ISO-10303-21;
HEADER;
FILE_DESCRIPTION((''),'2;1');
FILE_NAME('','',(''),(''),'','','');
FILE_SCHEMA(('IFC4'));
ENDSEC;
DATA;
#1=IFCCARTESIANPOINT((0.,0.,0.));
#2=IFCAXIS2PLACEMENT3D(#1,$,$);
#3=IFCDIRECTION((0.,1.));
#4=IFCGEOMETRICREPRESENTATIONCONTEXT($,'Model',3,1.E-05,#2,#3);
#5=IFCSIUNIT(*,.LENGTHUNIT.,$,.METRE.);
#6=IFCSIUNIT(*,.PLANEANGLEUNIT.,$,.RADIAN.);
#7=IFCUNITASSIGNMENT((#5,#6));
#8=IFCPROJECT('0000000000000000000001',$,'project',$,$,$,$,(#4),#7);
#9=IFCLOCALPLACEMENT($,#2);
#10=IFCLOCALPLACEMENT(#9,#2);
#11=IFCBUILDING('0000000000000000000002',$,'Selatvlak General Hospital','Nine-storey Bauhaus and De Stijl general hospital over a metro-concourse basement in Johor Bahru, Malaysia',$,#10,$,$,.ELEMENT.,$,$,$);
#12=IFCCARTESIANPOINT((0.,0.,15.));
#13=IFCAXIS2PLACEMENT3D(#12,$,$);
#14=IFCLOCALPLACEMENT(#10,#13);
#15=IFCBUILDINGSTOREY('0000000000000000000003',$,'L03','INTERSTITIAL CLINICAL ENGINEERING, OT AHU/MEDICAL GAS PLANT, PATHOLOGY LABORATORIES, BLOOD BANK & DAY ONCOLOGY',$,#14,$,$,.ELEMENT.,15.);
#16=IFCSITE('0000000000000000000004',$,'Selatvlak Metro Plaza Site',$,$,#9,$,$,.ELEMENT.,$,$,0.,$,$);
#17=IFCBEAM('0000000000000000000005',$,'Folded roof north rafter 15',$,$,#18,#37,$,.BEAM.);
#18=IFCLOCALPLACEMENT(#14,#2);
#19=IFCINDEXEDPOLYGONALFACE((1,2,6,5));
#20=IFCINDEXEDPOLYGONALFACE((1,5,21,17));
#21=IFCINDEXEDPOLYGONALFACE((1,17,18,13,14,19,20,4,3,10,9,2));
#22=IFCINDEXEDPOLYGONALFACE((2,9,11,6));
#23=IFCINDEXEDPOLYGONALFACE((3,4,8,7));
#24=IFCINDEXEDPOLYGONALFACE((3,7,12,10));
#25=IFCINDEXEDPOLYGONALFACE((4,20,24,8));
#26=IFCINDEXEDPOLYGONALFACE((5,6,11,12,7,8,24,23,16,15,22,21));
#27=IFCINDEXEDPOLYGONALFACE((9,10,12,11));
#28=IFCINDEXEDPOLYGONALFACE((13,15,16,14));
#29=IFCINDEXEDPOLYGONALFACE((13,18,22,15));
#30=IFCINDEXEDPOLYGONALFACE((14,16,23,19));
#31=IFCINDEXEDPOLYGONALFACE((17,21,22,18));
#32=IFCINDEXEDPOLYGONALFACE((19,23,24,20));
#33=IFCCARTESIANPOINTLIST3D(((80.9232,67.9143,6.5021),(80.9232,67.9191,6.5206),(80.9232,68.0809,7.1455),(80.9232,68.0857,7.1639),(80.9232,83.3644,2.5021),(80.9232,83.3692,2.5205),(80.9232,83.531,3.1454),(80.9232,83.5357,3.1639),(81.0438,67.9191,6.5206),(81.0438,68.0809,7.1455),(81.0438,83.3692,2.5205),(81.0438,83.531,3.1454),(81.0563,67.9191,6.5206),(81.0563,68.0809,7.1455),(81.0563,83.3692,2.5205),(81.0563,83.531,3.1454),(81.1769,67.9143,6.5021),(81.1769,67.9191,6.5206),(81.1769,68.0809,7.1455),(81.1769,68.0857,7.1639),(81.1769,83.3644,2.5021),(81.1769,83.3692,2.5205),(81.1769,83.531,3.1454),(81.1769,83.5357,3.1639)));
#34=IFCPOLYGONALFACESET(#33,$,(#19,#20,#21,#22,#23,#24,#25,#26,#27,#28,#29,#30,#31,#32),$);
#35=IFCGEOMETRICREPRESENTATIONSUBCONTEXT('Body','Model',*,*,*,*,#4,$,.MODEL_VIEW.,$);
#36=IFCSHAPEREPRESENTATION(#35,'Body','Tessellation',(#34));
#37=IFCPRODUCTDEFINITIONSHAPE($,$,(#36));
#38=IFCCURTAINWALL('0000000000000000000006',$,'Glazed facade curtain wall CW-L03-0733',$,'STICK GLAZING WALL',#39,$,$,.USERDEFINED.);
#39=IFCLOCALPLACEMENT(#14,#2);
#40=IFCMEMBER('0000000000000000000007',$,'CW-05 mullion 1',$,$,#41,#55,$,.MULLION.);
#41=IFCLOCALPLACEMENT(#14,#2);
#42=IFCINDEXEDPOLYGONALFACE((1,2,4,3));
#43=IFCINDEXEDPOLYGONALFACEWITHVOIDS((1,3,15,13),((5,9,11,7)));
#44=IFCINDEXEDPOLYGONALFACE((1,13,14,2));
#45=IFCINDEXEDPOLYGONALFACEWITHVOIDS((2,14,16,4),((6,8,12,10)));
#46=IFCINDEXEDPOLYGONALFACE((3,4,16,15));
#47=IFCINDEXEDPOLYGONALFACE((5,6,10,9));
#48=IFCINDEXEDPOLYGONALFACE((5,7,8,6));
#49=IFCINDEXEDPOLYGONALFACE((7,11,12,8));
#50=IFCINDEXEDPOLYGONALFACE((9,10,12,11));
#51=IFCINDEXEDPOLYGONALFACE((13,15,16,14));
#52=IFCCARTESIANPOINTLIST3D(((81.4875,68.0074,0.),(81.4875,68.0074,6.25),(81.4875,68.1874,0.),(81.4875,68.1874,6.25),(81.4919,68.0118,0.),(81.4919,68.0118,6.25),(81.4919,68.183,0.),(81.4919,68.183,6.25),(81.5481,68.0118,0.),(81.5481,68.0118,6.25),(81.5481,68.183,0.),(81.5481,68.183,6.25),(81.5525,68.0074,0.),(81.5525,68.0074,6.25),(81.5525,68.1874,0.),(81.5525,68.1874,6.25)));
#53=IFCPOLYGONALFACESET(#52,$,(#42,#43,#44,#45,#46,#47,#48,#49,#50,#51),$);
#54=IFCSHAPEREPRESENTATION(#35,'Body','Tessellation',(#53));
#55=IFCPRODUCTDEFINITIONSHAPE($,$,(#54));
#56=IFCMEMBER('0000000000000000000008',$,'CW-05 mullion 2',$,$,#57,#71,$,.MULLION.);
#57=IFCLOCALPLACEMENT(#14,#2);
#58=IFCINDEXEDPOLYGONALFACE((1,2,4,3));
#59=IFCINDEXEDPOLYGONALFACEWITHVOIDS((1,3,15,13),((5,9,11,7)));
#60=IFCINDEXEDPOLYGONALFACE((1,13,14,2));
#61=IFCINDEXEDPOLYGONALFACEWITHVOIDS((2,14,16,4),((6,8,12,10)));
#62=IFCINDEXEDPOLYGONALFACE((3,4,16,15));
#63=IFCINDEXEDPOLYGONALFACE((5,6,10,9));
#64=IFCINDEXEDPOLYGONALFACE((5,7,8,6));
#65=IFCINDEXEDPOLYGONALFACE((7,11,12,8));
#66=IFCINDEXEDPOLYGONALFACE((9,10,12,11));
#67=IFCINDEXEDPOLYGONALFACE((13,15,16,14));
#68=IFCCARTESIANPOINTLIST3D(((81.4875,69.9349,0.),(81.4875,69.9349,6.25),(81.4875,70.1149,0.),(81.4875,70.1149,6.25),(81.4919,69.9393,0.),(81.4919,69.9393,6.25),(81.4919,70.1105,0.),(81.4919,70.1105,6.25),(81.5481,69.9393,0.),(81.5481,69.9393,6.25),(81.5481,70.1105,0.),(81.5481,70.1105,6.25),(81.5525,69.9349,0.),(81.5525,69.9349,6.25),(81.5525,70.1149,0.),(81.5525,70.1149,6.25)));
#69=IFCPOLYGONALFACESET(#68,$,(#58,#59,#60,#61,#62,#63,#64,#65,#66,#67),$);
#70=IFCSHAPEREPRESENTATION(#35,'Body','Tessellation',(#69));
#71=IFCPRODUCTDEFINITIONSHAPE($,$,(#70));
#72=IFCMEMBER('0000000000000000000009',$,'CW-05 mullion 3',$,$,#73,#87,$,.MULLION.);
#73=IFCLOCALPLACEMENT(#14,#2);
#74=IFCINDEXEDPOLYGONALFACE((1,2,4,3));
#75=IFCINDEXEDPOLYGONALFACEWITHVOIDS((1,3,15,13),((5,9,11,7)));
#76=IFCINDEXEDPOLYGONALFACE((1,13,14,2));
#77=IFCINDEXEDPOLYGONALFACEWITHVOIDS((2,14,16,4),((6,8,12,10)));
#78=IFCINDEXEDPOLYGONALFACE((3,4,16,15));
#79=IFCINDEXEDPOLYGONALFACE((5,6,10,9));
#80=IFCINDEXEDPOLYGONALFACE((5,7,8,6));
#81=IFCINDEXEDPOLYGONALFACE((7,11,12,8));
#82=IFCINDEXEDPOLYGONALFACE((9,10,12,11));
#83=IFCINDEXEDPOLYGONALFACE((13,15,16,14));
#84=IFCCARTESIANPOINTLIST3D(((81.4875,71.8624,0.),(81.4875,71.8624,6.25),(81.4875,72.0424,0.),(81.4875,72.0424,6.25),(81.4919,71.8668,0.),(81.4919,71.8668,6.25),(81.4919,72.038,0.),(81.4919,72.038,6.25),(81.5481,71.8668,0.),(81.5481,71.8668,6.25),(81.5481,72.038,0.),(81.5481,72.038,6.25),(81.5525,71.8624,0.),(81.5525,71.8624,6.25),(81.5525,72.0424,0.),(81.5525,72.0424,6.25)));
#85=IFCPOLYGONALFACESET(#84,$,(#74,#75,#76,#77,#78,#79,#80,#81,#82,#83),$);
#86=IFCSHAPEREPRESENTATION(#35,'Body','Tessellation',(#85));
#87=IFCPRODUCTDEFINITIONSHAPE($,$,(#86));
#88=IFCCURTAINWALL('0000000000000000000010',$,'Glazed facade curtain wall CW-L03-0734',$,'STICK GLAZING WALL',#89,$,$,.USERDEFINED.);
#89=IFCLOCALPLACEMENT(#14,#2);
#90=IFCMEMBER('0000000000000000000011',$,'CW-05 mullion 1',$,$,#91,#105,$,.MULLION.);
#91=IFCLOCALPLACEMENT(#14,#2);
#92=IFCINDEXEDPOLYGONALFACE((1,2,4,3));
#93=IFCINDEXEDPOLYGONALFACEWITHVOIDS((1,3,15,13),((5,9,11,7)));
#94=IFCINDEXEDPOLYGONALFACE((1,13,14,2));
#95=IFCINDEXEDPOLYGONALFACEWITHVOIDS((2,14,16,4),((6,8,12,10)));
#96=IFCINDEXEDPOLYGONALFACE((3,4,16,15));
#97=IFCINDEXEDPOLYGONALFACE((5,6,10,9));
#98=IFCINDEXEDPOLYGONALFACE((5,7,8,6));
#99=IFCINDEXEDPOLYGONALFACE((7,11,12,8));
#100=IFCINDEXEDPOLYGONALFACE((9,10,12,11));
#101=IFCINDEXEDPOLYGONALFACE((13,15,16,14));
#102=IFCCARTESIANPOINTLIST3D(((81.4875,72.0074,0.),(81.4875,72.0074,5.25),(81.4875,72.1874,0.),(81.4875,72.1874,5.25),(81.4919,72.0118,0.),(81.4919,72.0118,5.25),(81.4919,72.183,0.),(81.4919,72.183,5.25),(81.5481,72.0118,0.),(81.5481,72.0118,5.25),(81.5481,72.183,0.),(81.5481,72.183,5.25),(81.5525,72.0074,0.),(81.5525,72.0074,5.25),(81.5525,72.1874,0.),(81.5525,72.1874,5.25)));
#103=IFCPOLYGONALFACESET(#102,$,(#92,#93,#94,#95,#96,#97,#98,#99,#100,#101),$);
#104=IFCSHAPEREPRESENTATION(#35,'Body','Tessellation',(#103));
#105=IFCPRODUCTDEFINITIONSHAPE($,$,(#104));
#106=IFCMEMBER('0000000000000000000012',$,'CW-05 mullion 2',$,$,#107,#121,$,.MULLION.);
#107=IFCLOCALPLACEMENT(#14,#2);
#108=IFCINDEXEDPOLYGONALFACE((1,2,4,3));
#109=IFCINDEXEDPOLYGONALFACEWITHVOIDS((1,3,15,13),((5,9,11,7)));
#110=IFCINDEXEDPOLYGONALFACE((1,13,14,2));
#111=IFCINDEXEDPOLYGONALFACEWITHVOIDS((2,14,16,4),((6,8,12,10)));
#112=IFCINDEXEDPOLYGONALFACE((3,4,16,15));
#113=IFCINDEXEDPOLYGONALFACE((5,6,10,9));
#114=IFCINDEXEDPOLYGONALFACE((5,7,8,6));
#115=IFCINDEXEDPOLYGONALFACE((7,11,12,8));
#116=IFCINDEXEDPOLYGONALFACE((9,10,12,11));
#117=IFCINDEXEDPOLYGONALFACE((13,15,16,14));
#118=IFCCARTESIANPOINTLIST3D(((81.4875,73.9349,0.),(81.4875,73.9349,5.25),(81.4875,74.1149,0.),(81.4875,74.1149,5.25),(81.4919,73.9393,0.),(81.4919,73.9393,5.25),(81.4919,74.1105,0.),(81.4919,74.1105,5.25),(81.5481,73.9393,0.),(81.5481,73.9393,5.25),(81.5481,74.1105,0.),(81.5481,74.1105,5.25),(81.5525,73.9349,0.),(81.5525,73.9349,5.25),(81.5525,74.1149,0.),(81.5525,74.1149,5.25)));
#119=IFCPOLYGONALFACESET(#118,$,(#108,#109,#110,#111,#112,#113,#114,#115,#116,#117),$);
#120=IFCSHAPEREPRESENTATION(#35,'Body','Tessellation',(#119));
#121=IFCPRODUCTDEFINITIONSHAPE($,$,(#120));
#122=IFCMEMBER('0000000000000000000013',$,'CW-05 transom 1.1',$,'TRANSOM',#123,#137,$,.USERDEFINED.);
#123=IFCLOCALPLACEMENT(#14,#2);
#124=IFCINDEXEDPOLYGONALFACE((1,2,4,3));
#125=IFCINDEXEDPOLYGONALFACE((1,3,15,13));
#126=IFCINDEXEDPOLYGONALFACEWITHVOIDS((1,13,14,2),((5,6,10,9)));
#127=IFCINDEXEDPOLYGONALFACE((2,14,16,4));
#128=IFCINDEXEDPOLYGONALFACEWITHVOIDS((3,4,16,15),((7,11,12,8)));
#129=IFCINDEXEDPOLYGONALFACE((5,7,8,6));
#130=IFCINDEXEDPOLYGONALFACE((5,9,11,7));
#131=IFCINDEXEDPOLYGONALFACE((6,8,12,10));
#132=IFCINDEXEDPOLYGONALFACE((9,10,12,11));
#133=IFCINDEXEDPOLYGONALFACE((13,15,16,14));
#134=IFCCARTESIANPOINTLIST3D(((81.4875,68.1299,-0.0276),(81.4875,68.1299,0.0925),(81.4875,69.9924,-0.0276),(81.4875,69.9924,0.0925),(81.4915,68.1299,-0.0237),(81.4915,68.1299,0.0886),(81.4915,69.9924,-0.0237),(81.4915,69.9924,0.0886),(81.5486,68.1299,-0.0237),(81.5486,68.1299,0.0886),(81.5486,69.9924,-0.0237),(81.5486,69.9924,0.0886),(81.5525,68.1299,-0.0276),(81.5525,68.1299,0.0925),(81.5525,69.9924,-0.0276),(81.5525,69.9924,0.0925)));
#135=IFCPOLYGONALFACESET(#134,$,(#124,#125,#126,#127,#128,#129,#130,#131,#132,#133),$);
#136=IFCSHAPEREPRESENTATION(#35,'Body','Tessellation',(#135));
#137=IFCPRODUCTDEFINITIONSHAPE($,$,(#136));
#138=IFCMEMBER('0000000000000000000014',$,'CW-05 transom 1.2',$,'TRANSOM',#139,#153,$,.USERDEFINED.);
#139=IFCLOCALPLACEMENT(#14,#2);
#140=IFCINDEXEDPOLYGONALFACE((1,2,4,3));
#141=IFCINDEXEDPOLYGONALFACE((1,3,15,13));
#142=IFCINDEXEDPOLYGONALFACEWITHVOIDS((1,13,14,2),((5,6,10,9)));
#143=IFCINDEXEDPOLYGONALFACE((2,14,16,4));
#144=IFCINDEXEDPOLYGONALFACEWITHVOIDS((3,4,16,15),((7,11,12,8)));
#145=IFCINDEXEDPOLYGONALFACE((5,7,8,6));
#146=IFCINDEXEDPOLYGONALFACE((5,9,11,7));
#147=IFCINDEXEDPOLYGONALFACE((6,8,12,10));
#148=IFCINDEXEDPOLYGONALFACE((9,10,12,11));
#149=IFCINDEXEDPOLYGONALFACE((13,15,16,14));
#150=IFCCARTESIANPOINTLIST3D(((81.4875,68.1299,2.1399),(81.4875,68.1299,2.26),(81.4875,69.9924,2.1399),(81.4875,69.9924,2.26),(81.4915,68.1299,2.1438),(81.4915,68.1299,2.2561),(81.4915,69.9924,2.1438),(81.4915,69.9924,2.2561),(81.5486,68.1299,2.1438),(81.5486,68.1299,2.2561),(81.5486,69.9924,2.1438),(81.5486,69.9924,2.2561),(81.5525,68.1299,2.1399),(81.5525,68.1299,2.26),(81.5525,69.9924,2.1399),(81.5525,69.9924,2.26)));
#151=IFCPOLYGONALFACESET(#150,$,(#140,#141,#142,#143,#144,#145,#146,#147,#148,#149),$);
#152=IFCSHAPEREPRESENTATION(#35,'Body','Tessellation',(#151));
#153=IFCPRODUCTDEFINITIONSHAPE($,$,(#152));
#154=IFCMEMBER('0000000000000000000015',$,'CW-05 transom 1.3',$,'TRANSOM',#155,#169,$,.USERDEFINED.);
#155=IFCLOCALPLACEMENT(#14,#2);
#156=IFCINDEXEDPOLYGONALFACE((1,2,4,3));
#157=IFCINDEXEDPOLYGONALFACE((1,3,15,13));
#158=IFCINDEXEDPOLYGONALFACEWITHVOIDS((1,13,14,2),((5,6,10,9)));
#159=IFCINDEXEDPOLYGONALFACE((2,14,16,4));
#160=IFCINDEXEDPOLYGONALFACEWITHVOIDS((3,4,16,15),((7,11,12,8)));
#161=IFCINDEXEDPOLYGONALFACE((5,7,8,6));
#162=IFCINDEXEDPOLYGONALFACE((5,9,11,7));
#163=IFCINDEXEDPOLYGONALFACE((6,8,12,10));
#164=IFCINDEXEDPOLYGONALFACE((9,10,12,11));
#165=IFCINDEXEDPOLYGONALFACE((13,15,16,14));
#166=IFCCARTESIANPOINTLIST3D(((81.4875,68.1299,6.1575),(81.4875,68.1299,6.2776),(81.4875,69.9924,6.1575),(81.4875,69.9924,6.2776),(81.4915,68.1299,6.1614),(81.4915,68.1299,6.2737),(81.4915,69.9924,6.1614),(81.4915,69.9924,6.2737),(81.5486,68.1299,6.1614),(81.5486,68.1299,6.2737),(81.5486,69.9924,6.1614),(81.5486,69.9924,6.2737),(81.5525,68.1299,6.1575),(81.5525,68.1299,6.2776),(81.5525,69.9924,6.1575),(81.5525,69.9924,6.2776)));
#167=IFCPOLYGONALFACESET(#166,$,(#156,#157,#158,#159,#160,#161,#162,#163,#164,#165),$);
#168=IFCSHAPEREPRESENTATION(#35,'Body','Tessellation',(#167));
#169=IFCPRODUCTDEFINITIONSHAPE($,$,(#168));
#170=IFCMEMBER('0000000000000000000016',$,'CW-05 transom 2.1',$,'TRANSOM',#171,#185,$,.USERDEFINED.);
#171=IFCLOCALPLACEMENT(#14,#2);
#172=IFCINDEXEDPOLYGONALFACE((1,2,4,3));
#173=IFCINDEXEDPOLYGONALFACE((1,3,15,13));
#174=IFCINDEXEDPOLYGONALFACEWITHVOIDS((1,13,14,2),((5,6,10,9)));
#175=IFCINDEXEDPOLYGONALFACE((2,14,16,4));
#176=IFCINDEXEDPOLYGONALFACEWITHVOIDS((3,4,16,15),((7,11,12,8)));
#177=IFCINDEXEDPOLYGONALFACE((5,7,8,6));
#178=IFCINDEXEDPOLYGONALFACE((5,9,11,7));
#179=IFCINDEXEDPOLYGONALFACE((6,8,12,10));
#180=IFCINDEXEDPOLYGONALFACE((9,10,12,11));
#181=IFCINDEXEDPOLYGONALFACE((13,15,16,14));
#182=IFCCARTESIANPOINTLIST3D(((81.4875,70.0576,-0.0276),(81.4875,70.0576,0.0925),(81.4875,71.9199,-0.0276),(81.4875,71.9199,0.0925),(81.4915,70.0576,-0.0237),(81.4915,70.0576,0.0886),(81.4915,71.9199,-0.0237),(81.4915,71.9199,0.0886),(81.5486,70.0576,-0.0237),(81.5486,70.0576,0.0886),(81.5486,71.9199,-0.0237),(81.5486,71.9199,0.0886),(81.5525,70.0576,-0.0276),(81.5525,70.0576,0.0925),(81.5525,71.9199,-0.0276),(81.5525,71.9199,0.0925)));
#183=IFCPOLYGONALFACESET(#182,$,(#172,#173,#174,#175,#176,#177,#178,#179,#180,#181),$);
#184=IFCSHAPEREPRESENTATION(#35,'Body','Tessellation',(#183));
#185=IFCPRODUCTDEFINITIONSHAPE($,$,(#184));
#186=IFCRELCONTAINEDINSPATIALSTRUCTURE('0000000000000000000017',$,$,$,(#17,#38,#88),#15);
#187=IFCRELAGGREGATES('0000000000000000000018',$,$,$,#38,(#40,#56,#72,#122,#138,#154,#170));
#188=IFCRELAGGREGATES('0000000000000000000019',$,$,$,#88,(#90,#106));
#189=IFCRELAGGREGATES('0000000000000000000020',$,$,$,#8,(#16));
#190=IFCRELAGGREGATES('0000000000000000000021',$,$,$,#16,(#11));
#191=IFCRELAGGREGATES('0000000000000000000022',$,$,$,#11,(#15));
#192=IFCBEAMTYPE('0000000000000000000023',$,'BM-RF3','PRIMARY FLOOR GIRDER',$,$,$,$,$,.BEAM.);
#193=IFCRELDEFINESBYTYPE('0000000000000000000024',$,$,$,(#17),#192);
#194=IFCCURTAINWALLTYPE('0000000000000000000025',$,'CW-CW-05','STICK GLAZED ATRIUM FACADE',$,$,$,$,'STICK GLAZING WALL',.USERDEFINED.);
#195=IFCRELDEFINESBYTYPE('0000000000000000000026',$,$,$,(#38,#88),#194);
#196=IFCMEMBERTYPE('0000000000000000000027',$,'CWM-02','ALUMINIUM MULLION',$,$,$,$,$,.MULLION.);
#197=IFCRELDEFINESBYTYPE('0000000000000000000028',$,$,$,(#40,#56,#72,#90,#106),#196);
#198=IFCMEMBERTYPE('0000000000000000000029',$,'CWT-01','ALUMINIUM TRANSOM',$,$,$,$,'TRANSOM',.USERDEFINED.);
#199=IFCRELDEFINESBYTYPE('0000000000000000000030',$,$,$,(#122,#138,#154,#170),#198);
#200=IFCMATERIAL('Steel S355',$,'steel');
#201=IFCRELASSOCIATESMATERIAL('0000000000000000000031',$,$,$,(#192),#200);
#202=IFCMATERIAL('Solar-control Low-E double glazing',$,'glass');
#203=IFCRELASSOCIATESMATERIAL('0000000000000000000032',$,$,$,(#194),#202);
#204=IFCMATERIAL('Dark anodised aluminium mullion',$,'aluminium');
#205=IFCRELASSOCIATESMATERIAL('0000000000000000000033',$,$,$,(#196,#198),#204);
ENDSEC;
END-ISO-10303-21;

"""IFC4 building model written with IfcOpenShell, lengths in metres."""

from ifc_helpers import new_model, si_unit, direction, frame, origin, origin_2d, place, context, subcontext, project, spatial, hollow_rectangle, i_section, extrude, material, material_profile, profile_set, type_object, element, aggregate, save


model = new_model("IFC4")

# Units and contexts
model_context = context("Model", 3, precision=1e-05, world=origin(), true_north=direction((0.0, 1.0)))
body_context = subcontext(model_context, "Body", "Model", "MODEL_VIEW")
ifc_project = project(units=[si_unit("LENGTHUNIT", "METRE"), si_unit("PLANEANGLEUNIT", "RADIAN")], contexts=[model_context])

# Site, building, storey
site_placement = place(None, origin())
site = spatial("IfcSite", under=ifc_project, at=site_placement, Name="Selatvlak Metro Plaza Site", CompositionType="ELEMENT", RefElevation=0.0)
building_placement = place(site_placement, origin())
building = spatial("IfcBuilding", under=site, at=building_placement, Name="Selatvlak General Hospital", Description="Nine-storey Bauhaus and De Stijl general hospital over a metro-concourse basement in Johor Bahru, Malaysia", CompositionType="ELEMENT")
storey_placement = place(building_placement, frame((0.0, 0.0, 15.0)))
storey = spatial("IfcBuildingStorey", under=building, at=storey_placement, Name="L03", Description="INTERSTITIAL CLINICAL ENGINEERING, OT AHU/MEDICAL GAS PLANT, PATHOLOGY LABORATORIES, BLOOD BANK & DAY ONCOLOGY", CompositionType="ELEMENT", Elevation=15.0)

# Beam
ifc_material_1 = material(Name="Steel S355", Category="steel")
ifc_material_profile_1 = material_profile(ifc_material_1, i_section(OverallWidth=0.2537, OverallDepth=0.6836, WebThickness=0.0125, FlangeThickness=0.019, at=origin_2d()), Name="UB 686x254x140")
ifc_profile_set_1 = profile_set([ifc_material_profile_1], Name="Steel S355")
beam_type = type_object("IfcBeamType", Name="BM-RF3", Description="PRIMARY FLOOR GIRDER", PredefinedType="BEAM", material=ifc_profile_set_1)
beam_placement = place(storey_placement, frame((81.05, 68.0, 6.833), z_axis=(0.0, 0.968081, -0.250637), x_axis=(-1.0, 0.0, 0.0)))
element("IfcBeam", 1, at=beam_placement, inside=storey, type_object=beam_type, Name="Folded roof north rafter 15", PredefinedType="BEAM", context=body_context, shape_type="SweptSolid", body=[
    extrude(i_section(OverallWidth=0.2537, OverallDepth=0.6836, WebThickness=0.0125, FlangeThickness=0.019, at=origin_2d()), origin(), (0.0, 0.0, 1.0), 15.9595),
])

# Curtain walls, members
ifc_material_2 = material(Name="Solar-control Low-E double glazing", Category="glass")
curtain_wall_type = type_object("IfcCurtainWallType", Name="CW-CW-05", Description="STICK GLAZED ATRIUM FACADE", ElementType="STICK GLAZING WALL", PredefinedType="USERDEFINED", material=ifc_material_2)
curtain_wall_1_placement = place(storey_placement, origin())
curtain_wall_1 = element("IfcCurtainWall", 2, at=curtain_wall_1_placement, inside=storey, type_object=curtain_wall_type, Name="Glazed facade curtain wall CW-L03-0733", ObjectType="STICK GLAZING WALL", PredefinedType="USERDEFINED")
ifc_material_3 = material(Name="Dark anodised aluminium mullion", Category="aluminium")
ifc_material_profile_2 = material_profile(ifc_material_3, hollow_rectangle(XDim=0.0649, YDim=0.1799, WallThickness=0.0044, at=origin_2d()), Name="AL-MUL 65x180x4.5")
ifc_profile_set_2 = profile_set([ifc_material_profile_2], Name="Dark anodised aluminium mullion")
member_type_1 = type_object("IfcMemberType", Name="CWM-02", Description="ALUMINIUM MULLION", PredefinedType="MULLION", material=ifc_profile_set_2)
member_1_placement = place(storey_placement, frame((81.52, 68.0974, 0.0), z_axis=(0.0, 0.0, 1.0), x_axis=(-1.0, 0.0, 0.0)))
member_1 = element("IfcMember", 3, at=member_1_placement, type_object=member_type_1, Name="CW-05 mullion 1", PredefinedType="MULLION", context=body_context, shape_type="SweptSolid", body=[
    extrude(hollow_rectangle(XDim=0.0649, YDim=0.1799, WallThickness=0.0044, at=origin_2d()), origin(), (0.0, 0.0, 1.0), 6.25),
])
member_2_placement = place(storey_placement, frame((81.52, 70.0249, 0.0), z_axis=(0.0, 0.0, 1.0), x_axis=(-1.0, 0.0, 0.0)))
member_2 = element("IfcMember", 4, at=member_2_placement, type_object=member_type_1, Name="CW-05 mullion 2", PredefinedType="MULLION", context=body_context, shape_type="SweptSolid", body=[
    extrude(hollow_rectangle(XDim=0.0649, YDim=0.1799, WallThickness=0.0044, at=origin_2d()), origin(), (0.0, 0.0, 1.0), 6.25),
])
member_3_placement = place(storey_placement, frame((81.52, 71.9524, 0.0), z_axis=(0.0, 0.0, 1.0), x_axis=(-1.0, 0.0, 0.0)))
member_3 = element("IfcMember", 5, at=member_3_placement, type_object=member_type_1, Name="CW-05 mullion 3", PredefinedType="MULLION", context=body_context, shape_type="SweptSolid", body=[
    extrude(hollow_rectangle(XDim=0.0649, YDim=0.1799, WallThickness=0.0044, at=origin_2d()), origin(), (0.0, 0.0, 1.0), 6.25),
])
curtain_wall_2_placement = place(storey_placement, origin())
curtain_wall_2 = element("IfcCurtainWall", 6, at=curtain_wall_2_placement, inside=storey, type_object=curtain_wall_type, Name="Glazed facade curtain wall CW-L03-0734", ObjectType="STICK GLAZING WALL", PredefinedType="USERDEFINED")
member_4_placement = place(storey_placement, frame((81.52, 72.0974, 0.0), z_axis=(0.0, 0.0, 1.0), x_axis=(-1.0, 0.0, 0.0)))
member_4 = element("IfcMember", 7, at=member_4_placement, type_object=member_type_1, Name="CW-05 mullion 1", PredefinedType="MULLION", context=body_context, shape_type="SweptSolid", body=[
    extrude(hollow_rectangle(XDim=0.0649, YDim=0.1799, WallThickness=0.0044, at=origin_2d()), origin(), (0.0, 0.0, 1.0), 5.25),
])
member_5_placement = place(storey_placement, frame((81.52, 74.0249, 0.0), z_axis=(0.0, 0.0, 1.0), x_axis=(-1.0, 0.0, 0.0)))
member_5 = element("IfcMember", 8, at=member_5_placement, type_object=member_type_1, Name="CW-05 mullion 2", PredefinedType="MULLION", context=body_context, shape_type="SweptSolid", body=[
    extrude(hollow_rectangle(XDim=0.0649, YDim=0.1799, WallThickness=0.0044, at=origin_2d()), origin(), (0.0, 0.0, 1.0), 5.25),
])

# Members
ifc_material_profile_3 = material_profile(ifc_material_3, hollow_rectangle(XDim=0.0649, YDim=0.1201, WallThickness=0.0039, at=origin_2d()), Name="AL-TRN 65x120x4")
ifc_profile_set_3 = profile_set([ifc_material_profile_3], Name="Dark anodised aluminium mullion")
member_type_2 = type_object("IfcMemberType", Name="CWT-01", Description="ALUMINIUM TRANSOM", ElementType="TRANSOM", PredefinedType="USERDEFINED", material=ifc_profile_set_3)
member_6_placement = place(storey_placement, frame((81.52, 68.1299, 0.0325), z_axis=(0.0, 1.0, 0.0), x_axis=(-1.0, 0.0, 0.0)))
member_6 = element("IfcMember", 9, at=member_6_placement, type_object=member_type_2, Name="CW-05 transom 1.1", ObjectType="TRANSOM", PredefinedType="USERDEFINED", context=body_context, shape_type="SweptSolid", body=[
    extrude(hollow_rectangle(XDim=0.0649, YDim=0.1201, WallThickness=0.0039, at=origin_2d()), origin(), (0.0, 0.0, 1.0), 1.8625),
])
member_7_placement = place(storey_placement, frame((81.52, 68.1299, 2.2), z_axis=(0.0, 1.0, 0.0), x_axis=(-1.0, 0.0, 0.0)))
member_7 = element("IfcMember", 10, at=member_7_placement, type_object=member_type_2, Name="CW-05 transom 1.2", ObjectType="TRANSOM", PredefinedType="USERDEFINED", context=body_context, shape_type="SweptSolid", body=[
    extrude(hollow_rectangle(XDim=0.0649, YDim=0.1201, WallThickness=0.0039, at=origin_2d()), origin(), (0.0, 0.0, 1.0), 1.8625),
])
member_8_placement = place(storey_placement, frame((81.52, 68.1299, 6.2175), z_axis=(0.0, 1.0, 0.0), x_axis=(-1.0, 0.0, 0.0)))
member_8 = element("IfcMember", 11, at=member_8_placement, type_object=member_type_2, Name="CW-05 transom 1.3", ObjectType="TRANSOM", PredefinedType="USERDEFINED", context=body_context, shape_type="SweptSolid", body=[
    extrude(hollow_rectangle(XDim=0.0649, YDim=0.1201, WallThickness=0.0039, at=origin_2d()), origin(), (0.0, 0.0, 1.0), 1.8625),
])
member_9_placement = place(storey_placement, frame((81.52, 70.0576, 0.0325), z_axis=(0.0, 1.0, 0.0), x_axis=(-1.0, 0.0, 0.0)))
member_9 = element("IfcMember", 12, at=member_9_placement, type_object=member_type_2, Name="CW-05 transom 2.1", ObjectType="TRANSOM", PredefinedType="USERDEFINED", context=body_context, shape_type="SweptSolid", body=[
    extrude(hollow_rectangle(XDim=0.0649, YDim=0.1201, WallThickness=0.0039, at=origin_2d()), origin(), (0.0, 0.0, 1.0), 1.8623),
])

aggregate(curtain_wall_1, [member_1, member_2, member_3, member_6, member_7, member_8, member_9])
aggregate(curtain_wall_2, [member_4, member_5])

save(model, "model.ifc")
